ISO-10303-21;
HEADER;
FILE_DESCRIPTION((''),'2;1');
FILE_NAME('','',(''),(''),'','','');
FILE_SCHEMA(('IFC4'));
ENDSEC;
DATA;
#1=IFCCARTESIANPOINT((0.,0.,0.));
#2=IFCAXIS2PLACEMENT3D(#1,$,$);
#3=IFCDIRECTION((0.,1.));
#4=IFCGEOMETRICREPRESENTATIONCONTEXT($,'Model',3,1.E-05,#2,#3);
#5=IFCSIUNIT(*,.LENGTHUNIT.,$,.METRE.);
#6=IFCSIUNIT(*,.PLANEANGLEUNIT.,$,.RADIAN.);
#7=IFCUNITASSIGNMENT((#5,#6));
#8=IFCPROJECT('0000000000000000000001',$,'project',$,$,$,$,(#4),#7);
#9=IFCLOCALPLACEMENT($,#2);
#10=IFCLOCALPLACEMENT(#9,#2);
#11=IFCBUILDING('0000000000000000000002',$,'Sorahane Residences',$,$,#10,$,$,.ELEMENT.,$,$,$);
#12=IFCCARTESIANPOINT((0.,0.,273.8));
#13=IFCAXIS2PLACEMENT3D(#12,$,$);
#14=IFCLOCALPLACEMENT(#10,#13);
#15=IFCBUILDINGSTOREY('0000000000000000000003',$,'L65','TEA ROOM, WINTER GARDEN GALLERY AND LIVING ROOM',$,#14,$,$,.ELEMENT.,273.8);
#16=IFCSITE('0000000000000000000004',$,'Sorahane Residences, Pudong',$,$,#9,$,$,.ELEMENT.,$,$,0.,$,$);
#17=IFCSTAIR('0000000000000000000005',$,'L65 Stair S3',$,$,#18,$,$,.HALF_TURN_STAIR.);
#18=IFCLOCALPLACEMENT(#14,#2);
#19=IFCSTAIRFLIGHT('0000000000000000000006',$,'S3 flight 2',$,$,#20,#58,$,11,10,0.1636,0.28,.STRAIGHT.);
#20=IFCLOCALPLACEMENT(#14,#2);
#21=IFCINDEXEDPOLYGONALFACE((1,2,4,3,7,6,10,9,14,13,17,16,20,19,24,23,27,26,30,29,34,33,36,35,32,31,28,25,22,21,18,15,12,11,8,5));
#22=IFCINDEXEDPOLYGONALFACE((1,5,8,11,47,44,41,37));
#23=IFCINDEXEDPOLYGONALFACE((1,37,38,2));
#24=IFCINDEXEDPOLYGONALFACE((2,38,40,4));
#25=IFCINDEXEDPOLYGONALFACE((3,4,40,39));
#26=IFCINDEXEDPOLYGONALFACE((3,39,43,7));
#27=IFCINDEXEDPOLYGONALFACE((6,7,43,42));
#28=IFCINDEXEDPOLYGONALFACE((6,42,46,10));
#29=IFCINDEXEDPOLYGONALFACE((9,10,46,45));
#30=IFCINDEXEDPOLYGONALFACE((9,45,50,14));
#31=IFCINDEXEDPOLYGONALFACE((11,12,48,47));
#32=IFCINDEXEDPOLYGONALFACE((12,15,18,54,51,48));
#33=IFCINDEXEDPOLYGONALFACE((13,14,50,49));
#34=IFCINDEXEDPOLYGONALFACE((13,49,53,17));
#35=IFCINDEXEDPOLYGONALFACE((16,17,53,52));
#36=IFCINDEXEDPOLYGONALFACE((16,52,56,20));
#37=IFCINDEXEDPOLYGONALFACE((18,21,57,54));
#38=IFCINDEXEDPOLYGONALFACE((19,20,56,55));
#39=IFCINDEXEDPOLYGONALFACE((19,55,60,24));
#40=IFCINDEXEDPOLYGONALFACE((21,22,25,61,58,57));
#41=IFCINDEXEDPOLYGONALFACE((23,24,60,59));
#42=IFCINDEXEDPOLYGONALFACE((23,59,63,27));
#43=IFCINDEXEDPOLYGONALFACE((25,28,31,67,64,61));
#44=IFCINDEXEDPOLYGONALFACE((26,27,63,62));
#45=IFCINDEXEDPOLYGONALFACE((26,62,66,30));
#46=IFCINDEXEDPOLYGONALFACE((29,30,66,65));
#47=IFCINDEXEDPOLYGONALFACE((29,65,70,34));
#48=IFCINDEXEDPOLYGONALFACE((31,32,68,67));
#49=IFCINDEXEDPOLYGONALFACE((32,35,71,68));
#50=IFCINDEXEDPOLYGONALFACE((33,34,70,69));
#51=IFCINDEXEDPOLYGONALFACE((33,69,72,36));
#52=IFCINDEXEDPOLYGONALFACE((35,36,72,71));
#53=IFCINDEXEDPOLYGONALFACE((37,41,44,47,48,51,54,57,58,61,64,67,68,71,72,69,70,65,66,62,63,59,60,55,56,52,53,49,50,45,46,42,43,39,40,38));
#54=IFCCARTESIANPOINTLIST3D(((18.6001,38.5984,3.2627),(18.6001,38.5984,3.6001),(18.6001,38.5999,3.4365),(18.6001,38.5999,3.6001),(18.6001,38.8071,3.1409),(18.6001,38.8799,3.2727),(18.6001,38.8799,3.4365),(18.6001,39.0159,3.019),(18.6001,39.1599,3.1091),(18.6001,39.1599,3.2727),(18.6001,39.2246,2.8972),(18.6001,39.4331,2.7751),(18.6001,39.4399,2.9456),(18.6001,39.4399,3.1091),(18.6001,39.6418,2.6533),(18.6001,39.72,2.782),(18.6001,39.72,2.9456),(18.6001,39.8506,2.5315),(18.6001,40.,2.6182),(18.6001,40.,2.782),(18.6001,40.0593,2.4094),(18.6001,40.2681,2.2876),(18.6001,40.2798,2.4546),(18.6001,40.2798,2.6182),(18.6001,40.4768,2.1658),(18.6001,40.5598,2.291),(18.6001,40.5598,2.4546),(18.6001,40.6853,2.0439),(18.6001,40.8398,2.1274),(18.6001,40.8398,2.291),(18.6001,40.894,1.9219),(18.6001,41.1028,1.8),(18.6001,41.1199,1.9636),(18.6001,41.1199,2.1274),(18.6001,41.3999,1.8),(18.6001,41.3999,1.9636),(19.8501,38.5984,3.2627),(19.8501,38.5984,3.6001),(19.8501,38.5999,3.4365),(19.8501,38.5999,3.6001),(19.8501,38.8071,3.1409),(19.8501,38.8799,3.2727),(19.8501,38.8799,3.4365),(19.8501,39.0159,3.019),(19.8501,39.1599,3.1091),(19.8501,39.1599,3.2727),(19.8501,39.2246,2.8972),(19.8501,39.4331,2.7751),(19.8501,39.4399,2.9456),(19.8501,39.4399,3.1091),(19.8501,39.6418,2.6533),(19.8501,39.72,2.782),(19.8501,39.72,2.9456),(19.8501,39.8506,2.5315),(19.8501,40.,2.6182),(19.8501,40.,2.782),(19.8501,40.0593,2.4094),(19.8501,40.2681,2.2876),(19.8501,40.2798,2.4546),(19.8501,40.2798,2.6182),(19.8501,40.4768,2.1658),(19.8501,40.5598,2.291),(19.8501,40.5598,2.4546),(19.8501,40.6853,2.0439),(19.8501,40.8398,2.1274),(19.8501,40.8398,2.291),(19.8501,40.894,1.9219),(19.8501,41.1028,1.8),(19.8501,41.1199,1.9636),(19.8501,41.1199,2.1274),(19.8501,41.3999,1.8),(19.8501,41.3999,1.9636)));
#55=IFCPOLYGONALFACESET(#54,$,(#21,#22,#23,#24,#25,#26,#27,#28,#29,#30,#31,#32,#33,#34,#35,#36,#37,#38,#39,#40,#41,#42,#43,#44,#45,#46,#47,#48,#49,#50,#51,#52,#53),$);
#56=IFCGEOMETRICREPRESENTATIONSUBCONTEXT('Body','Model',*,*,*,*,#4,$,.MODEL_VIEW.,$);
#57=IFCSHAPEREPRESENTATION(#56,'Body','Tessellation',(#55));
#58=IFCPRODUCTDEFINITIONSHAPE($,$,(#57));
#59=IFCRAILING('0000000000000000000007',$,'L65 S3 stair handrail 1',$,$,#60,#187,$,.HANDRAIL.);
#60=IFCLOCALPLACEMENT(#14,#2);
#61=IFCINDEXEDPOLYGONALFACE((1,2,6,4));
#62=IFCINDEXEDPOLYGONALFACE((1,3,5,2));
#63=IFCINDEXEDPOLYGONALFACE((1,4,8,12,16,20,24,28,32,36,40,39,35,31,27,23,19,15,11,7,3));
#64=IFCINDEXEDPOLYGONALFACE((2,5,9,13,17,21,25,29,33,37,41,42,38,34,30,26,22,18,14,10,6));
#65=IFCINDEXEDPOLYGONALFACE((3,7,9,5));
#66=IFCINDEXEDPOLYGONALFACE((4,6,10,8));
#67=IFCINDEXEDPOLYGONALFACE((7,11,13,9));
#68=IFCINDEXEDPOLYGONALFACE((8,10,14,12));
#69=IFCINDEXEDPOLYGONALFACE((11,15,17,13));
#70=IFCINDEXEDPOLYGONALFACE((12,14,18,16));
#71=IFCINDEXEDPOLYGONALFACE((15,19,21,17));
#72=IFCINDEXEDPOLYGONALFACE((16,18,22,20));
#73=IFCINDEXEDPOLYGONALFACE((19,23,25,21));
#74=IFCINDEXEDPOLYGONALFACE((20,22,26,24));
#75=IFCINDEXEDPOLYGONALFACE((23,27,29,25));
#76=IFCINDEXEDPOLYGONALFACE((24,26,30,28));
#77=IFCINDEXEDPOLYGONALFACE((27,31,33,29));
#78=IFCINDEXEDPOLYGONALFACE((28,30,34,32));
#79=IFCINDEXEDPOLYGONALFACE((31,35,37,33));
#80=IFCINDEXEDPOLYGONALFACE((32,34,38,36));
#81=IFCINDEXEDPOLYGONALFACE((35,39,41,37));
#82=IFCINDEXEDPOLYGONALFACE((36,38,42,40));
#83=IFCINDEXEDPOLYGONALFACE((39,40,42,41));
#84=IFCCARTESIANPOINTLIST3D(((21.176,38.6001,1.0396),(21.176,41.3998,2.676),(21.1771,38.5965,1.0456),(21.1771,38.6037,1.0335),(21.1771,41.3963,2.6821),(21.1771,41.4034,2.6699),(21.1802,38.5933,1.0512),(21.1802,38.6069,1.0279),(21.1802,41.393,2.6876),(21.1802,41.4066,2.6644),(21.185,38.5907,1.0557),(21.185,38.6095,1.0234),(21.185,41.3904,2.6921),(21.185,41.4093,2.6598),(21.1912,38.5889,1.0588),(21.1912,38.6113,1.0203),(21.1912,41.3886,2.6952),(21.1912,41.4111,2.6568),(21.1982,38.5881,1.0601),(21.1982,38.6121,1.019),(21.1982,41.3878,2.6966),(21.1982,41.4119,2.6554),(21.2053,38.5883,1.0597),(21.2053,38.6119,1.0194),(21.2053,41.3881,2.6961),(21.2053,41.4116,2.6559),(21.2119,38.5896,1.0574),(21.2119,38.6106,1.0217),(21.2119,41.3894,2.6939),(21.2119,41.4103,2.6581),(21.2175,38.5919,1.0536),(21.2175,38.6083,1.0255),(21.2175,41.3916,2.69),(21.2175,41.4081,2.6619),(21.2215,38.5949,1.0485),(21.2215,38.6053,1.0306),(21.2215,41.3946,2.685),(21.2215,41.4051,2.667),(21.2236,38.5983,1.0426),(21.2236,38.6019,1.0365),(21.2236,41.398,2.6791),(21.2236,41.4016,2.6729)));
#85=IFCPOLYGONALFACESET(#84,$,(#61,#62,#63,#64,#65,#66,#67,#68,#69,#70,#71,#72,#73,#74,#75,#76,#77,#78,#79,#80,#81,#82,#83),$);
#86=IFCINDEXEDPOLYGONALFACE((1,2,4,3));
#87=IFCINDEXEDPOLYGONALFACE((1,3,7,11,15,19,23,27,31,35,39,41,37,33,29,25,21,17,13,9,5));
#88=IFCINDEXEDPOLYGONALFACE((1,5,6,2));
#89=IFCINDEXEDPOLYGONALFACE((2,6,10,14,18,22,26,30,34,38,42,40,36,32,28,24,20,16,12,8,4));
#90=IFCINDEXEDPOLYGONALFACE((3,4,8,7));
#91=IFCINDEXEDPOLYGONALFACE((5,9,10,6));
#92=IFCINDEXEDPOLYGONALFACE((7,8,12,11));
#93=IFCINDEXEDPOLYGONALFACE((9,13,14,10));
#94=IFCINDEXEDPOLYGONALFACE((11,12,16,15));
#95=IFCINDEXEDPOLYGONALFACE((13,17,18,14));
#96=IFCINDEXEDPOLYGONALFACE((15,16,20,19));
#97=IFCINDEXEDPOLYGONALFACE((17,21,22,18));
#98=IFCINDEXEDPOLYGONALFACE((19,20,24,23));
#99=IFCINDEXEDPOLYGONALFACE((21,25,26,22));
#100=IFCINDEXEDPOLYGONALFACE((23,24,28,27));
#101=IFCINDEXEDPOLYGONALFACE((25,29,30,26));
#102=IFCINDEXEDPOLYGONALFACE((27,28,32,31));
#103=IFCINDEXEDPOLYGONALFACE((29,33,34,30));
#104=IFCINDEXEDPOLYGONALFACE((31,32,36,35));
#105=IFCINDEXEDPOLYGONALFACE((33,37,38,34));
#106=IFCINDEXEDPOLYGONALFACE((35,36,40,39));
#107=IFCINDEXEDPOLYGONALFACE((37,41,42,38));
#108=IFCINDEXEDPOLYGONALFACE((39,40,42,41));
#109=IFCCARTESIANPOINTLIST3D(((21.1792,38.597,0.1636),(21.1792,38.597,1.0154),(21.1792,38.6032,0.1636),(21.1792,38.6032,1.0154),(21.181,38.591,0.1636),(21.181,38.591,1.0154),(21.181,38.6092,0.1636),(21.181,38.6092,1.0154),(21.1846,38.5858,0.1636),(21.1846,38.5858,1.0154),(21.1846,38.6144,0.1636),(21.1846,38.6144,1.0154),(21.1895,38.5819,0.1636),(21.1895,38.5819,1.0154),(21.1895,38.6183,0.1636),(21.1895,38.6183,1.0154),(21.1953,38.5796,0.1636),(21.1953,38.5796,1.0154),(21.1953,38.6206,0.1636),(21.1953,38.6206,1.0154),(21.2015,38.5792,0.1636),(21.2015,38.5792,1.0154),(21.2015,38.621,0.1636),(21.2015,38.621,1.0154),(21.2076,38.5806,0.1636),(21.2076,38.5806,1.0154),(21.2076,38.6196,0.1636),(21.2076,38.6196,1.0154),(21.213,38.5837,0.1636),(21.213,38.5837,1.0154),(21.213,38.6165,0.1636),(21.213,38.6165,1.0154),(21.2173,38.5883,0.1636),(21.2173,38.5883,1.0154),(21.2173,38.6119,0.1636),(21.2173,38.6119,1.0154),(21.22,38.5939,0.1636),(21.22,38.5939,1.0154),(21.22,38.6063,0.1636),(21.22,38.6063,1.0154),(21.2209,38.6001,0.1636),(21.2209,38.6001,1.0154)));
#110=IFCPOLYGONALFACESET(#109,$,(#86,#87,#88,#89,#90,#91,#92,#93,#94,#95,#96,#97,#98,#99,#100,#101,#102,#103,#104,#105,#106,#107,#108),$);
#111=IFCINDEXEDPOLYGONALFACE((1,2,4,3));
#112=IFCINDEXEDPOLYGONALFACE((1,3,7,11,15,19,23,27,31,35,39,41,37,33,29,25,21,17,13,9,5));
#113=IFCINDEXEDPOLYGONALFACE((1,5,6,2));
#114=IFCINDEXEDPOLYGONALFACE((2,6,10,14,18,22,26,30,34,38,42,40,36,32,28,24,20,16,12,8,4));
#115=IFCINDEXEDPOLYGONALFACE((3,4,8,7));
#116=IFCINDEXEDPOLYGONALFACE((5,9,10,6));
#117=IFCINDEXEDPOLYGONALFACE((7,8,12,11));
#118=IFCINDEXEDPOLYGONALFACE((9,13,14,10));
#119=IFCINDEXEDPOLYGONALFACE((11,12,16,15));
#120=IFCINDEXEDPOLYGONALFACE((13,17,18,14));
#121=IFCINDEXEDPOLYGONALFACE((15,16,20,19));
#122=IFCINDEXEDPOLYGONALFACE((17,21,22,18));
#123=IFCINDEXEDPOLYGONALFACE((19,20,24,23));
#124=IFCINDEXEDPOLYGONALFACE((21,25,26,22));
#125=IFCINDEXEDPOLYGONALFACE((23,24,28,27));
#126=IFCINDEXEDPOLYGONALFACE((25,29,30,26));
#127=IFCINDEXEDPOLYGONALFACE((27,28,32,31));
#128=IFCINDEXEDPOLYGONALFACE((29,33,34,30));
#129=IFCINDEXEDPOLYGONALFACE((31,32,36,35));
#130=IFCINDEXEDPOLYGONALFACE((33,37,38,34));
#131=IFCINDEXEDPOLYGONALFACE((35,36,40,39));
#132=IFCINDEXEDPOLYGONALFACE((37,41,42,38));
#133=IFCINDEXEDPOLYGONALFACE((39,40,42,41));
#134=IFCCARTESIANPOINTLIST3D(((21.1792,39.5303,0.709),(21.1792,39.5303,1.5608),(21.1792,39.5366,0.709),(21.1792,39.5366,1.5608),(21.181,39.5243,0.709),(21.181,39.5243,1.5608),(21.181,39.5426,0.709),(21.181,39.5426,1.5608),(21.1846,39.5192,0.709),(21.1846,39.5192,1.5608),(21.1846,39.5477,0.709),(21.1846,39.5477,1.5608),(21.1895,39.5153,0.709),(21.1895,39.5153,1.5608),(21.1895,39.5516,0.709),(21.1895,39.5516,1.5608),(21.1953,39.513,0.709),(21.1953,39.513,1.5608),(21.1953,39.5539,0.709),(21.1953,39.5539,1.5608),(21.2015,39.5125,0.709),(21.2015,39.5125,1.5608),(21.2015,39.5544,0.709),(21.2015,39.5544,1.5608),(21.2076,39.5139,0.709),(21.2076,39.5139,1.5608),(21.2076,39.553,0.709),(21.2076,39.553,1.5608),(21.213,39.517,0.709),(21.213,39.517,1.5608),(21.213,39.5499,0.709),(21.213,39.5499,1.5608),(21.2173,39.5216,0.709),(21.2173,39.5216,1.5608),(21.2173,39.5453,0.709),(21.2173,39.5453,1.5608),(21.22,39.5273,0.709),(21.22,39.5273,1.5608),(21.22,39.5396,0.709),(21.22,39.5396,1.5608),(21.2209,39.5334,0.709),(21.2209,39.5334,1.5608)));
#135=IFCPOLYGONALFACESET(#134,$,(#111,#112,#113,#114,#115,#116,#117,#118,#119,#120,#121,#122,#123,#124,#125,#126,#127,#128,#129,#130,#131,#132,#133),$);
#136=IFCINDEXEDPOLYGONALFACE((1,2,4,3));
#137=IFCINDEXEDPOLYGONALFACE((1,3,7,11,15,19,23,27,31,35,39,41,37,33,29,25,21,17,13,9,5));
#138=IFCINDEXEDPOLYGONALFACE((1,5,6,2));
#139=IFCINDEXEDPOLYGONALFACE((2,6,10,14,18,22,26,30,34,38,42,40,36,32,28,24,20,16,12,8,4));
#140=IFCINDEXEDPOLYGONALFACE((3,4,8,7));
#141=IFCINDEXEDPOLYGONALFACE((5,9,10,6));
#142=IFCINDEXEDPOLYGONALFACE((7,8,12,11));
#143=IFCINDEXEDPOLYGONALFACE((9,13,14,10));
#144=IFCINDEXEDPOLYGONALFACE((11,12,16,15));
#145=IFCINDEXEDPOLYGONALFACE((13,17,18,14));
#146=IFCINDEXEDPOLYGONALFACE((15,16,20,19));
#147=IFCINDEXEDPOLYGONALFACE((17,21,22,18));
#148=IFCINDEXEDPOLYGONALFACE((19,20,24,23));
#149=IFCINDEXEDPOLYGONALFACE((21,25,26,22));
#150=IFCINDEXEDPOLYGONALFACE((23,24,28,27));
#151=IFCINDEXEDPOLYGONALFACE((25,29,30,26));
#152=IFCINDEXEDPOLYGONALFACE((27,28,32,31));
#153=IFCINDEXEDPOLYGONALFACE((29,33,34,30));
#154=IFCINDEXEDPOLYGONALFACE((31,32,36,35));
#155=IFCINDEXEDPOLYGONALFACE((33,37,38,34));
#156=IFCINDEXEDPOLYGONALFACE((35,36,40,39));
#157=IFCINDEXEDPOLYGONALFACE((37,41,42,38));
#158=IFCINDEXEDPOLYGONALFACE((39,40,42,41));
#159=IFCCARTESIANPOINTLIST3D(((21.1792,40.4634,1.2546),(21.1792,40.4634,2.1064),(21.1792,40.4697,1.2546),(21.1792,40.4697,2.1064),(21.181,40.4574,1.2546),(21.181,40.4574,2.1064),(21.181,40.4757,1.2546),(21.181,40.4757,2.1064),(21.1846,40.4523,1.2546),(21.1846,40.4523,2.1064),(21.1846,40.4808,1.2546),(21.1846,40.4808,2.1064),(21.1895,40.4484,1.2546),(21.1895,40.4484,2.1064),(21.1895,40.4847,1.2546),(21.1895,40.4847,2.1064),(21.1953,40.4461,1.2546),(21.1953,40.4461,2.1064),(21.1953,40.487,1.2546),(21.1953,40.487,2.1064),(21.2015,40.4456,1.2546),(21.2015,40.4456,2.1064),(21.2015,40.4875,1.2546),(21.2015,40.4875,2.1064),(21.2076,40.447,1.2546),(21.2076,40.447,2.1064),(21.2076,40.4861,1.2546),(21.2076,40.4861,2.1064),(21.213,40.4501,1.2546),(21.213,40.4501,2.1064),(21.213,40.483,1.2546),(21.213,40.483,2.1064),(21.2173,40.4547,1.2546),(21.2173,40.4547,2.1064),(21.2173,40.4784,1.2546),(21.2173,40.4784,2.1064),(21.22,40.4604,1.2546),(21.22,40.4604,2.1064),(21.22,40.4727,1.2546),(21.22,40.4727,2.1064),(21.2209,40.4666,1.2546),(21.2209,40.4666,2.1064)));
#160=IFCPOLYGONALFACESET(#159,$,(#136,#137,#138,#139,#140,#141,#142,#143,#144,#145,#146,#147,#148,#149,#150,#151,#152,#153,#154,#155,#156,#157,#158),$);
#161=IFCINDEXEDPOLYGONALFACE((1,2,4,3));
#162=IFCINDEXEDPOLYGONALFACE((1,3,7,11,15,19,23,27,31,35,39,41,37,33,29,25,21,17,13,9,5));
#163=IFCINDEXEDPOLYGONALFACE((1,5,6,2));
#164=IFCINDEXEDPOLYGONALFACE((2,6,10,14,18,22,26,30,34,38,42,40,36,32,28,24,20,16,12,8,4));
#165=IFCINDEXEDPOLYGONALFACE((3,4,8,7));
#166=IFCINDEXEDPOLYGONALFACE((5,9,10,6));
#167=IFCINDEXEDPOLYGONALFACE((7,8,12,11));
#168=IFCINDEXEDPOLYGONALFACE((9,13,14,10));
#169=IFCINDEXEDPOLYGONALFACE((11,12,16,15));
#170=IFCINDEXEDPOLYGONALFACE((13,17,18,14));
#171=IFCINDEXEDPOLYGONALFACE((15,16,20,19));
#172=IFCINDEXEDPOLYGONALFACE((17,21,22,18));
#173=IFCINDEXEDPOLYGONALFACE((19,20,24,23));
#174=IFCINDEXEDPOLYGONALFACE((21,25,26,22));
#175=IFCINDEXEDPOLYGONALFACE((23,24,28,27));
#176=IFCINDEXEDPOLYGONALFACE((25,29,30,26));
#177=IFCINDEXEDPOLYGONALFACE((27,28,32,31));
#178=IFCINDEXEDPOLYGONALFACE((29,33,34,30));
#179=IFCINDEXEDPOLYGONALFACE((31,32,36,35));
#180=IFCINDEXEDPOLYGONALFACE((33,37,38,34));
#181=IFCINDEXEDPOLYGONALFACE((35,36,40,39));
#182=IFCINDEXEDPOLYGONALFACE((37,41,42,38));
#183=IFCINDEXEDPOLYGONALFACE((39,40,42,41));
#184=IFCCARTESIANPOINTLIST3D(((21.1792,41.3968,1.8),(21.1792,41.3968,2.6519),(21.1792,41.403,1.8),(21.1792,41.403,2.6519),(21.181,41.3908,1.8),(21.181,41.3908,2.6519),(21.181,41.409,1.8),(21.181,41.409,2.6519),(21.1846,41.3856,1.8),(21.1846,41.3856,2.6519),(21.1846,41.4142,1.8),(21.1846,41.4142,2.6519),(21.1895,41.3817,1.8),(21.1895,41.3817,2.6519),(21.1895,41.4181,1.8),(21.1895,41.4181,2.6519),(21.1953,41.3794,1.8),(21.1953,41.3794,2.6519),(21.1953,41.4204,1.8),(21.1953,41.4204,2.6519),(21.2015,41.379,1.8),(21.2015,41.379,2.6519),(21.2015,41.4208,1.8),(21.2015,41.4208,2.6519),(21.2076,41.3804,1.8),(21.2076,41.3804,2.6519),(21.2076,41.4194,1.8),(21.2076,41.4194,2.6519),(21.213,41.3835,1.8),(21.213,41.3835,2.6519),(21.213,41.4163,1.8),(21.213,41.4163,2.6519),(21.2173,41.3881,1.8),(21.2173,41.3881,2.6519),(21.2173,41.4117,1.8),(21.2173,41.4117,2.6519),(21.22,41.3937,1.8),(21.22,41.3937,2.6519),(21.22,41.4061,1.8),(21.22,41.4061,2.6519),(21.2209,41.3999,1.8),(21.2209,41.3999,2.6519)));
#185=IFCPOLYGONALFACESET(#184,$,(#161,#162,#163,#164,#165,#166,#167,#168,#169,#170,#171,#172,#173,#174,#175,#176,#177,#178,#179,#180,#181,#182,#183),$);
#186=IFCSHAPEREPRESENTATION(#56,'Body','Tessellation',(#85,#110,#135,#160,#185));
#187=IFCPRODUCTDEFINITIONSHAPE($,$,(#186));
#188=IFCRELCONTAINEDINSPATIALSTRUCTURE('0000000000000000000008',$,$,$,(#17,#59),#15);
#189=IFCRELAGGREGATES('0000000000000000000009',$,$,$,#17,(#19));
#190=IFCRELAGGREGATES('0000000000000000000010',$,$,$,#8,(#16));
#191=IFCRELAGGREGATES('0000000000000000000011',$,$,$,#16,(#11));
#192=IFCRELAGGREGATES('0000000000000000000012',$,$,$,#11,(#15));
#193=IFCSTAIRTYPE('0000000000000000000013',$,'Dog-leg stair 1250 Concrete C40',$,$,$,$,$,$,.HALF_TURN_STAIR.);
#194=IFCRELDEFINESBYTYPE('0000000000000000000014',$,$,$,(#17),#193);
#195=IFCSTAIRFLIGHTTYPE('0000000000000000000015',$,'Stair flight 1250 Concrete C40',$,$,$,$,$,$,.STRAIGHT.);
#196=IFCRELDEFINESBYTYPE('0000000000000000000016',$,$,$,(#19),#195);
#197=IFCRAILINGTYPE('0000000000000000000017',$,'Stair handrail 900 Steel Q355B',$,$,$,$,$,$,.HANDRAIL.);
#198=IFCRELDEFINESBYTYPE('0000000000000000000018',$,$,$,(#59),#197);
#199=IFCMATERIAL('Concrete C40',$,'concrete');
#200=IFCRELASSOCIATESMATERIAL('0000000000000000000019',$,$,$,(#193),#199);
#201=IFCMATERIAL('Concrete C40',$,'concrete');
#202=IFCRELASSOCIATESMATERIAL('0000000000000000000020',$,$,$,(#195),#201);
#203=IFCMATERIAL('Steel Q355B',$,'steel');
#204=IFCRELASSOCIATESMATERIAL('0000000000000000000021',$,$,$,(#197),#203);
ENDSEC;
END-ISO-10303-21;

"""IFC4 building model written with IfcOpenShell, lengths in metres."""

from ifc_helpers import new_model, si_unit, direction, frame, origin, origin_2d, place, context, subcontext, project, spatial, polyline, circle, outline, extrude, material, type_object, element, aggregate, save


model = new_model("IFC4")

# Units and contexts
model_context = context("Model", 3, precision=1e-05, world=origin(), true_north=direction((0.0, 1.0)))
body_context = subcontext(model_context, "Body", "Model", "MODEL_VIEW")
ifc_project = project(units=[si_unit("LENGTHUNIT", "METRE"), si_unit("PLANEANGLEUNIT", "RADIAN")], contexts=[model_context])

# Site, building, storey
site_placement = place(None, origin())
site = spatial("IfcSite", under=ifc_project, at=site_placement, Name="Sorahane Residences, Pudong", CompositionType="ELEMENT", RefElevation=0.0)
building_placement = place(site_placement, origin())
building = spatial("IfcBuilding", under=site, at=building_placement, Name="Sorahane Residences", CompositionType="ELEMENT")
storey_placement = place(building_placement, frame((0.0, 0.0, 273.8)))
storey = spatial("IfcBuildingStorey", under=building, at=storey_placement, Name="L65", Description="TEA ROOM, WINTER GARDEN GALLERY AND LIVING ROOM", CompositionType="ELEMENT", Elevation=273.8)

# Stair, stair flight
ifc_material_1 = material(Name="Concrete C40", Category="concrete")
stair_type = type_object("IfcStairType", Name="Dog-leg stair 1250 Concrete C40", PredefinedType="HALF_TURN_STAIR", material=ifc_material_1)
stair_placement = place(storey_placement, origin())
stair = element("IfcStair", 1, at=stair_placement, inside=storey, type_object=stair_type, Name="L65 Stair S3", PredefinedType="HALF_TURN_STAIR")
ifc_material_2 = material(Name="Concrete C40", Category="concrete")
stair_flight_type = type_object("IfcStairFlightType", Name="Stair flight 1250 Concrete C40", PredefinedType="STRAIGHT", material=ifc_material_2)
stair_flight_1_placement = place(storey_placement, frame((19.2251, 41.3999, 1.8), z_axis=(0.0, 0.0, 1.0), x_axis=(0.0, -1.0, 0.0)))
stair_flight_1 = element("IfcStairFlight", 2, at=stair_flight_1_placement, type_object=stair_flight_type, Name="S3 flight 2", NumberOfRisers=11, NumberOfTreads=10, PredefinedType="STRAIGHT", RiserHeight=0.1636, TreadLength=0.28, context=body_context, shape_type="SweptSolid", body=[
    extrude(outline(polyline([(0.0, 0.0), (0.0, 0.1636), (0.28, 0.1636), (0.28, 0.3274), (0.5601, 0.3274), (0.5601, 0.491), (0.8401, 0.491), (0.8401, 0.6545), (1.1201, 0.6545), (1.1201, 0.8181), (1.3999, 0.8181), (1.3999, 0.9819), (1.6799, 0.9819), (1.6799, 1.1455), (1.96, 1.1455), (1.96, 1.3091), (2.24, 1.3091), (2.24, 1.4727), (2.52, 1.4727), (2.52, 1.6365), (2.8, 1.6365), (2.8, 1.8), (2.8015, 1.8), (2.8015, 1.4626), (2.5928, 1.3408), (2.384, 1.219), (2.1753, 1.0972), (1.9668, 0.9751), (1.7581, 0.8533), (1.5493, 0.7314), (1.3406, 0.6094), (1.1318, 0.4875), (0.9231, 0.3657), (0.7146, 0.2439), (0.5059, 0.1218), (0.2971, 0.0), (0.0, 0.0)])), frame((0.0, 0.625, 0.0), z_axis=(0.0, -1.0, 0.0), x_axis=(1.0, 0.0, 0.0)), (0.0, 0.0, 1.0), 1.25),
])
aggregate(stair, [stair_flight_1])

# Railing
ifc_material_3 = material(Name="Steel Q355B", Category="steel")
railing_type_1 = type_object("IfcRailingType", Name="Stair handrail 900 Steel Q355B", PredefinedType="HANDRAIL", material=ifc_material_3)
railing_1_placement = place(storey_placement, frame((21.2, 38.6001, 0.1636)))
element("IfcRailing", 3, at=railing_1_placement, inside=storey, type_object=railing_type_1, Name="L65 S3 stair handrail 1", PredefinedType="HANDRAIL", context=body_context, shape_type="SweptSolid", body=[
    extrude(circle(Radius=0.0239, at=origin_2d()), frame((0.0, 0.0, 0.876), z_axis=(0.0, 0.863342, 0.50462), x_axis=(-1.0, 0.0, 0.0)), (0.0, 0.0, 1.0), 3.2429),
    extrude(circle(Radius=0.021, at=origin_2d()), origin(), (0.0, 0.0, 1.0), 0.8518),
    extrude(circle(Radius=0.021, at=origin_2d()), frame((0.0, 0.9333, 0.5454)), (0.0, 0.0, 1.0), 0.8518),
    extrude(circle(Radius=0.021, at=origin_2d()), frame((0.0, 1.8665, 1.0911)), (0.0, 0.0, 1.0), 0.8518),
    extrude(circle(Radius=0.021, at=origin_2d()), frame((0.0, 2.7998, 1.6365)), (0.0, 0.0, 1.0), 0.8518),
])

save(model, "model.ifc")
